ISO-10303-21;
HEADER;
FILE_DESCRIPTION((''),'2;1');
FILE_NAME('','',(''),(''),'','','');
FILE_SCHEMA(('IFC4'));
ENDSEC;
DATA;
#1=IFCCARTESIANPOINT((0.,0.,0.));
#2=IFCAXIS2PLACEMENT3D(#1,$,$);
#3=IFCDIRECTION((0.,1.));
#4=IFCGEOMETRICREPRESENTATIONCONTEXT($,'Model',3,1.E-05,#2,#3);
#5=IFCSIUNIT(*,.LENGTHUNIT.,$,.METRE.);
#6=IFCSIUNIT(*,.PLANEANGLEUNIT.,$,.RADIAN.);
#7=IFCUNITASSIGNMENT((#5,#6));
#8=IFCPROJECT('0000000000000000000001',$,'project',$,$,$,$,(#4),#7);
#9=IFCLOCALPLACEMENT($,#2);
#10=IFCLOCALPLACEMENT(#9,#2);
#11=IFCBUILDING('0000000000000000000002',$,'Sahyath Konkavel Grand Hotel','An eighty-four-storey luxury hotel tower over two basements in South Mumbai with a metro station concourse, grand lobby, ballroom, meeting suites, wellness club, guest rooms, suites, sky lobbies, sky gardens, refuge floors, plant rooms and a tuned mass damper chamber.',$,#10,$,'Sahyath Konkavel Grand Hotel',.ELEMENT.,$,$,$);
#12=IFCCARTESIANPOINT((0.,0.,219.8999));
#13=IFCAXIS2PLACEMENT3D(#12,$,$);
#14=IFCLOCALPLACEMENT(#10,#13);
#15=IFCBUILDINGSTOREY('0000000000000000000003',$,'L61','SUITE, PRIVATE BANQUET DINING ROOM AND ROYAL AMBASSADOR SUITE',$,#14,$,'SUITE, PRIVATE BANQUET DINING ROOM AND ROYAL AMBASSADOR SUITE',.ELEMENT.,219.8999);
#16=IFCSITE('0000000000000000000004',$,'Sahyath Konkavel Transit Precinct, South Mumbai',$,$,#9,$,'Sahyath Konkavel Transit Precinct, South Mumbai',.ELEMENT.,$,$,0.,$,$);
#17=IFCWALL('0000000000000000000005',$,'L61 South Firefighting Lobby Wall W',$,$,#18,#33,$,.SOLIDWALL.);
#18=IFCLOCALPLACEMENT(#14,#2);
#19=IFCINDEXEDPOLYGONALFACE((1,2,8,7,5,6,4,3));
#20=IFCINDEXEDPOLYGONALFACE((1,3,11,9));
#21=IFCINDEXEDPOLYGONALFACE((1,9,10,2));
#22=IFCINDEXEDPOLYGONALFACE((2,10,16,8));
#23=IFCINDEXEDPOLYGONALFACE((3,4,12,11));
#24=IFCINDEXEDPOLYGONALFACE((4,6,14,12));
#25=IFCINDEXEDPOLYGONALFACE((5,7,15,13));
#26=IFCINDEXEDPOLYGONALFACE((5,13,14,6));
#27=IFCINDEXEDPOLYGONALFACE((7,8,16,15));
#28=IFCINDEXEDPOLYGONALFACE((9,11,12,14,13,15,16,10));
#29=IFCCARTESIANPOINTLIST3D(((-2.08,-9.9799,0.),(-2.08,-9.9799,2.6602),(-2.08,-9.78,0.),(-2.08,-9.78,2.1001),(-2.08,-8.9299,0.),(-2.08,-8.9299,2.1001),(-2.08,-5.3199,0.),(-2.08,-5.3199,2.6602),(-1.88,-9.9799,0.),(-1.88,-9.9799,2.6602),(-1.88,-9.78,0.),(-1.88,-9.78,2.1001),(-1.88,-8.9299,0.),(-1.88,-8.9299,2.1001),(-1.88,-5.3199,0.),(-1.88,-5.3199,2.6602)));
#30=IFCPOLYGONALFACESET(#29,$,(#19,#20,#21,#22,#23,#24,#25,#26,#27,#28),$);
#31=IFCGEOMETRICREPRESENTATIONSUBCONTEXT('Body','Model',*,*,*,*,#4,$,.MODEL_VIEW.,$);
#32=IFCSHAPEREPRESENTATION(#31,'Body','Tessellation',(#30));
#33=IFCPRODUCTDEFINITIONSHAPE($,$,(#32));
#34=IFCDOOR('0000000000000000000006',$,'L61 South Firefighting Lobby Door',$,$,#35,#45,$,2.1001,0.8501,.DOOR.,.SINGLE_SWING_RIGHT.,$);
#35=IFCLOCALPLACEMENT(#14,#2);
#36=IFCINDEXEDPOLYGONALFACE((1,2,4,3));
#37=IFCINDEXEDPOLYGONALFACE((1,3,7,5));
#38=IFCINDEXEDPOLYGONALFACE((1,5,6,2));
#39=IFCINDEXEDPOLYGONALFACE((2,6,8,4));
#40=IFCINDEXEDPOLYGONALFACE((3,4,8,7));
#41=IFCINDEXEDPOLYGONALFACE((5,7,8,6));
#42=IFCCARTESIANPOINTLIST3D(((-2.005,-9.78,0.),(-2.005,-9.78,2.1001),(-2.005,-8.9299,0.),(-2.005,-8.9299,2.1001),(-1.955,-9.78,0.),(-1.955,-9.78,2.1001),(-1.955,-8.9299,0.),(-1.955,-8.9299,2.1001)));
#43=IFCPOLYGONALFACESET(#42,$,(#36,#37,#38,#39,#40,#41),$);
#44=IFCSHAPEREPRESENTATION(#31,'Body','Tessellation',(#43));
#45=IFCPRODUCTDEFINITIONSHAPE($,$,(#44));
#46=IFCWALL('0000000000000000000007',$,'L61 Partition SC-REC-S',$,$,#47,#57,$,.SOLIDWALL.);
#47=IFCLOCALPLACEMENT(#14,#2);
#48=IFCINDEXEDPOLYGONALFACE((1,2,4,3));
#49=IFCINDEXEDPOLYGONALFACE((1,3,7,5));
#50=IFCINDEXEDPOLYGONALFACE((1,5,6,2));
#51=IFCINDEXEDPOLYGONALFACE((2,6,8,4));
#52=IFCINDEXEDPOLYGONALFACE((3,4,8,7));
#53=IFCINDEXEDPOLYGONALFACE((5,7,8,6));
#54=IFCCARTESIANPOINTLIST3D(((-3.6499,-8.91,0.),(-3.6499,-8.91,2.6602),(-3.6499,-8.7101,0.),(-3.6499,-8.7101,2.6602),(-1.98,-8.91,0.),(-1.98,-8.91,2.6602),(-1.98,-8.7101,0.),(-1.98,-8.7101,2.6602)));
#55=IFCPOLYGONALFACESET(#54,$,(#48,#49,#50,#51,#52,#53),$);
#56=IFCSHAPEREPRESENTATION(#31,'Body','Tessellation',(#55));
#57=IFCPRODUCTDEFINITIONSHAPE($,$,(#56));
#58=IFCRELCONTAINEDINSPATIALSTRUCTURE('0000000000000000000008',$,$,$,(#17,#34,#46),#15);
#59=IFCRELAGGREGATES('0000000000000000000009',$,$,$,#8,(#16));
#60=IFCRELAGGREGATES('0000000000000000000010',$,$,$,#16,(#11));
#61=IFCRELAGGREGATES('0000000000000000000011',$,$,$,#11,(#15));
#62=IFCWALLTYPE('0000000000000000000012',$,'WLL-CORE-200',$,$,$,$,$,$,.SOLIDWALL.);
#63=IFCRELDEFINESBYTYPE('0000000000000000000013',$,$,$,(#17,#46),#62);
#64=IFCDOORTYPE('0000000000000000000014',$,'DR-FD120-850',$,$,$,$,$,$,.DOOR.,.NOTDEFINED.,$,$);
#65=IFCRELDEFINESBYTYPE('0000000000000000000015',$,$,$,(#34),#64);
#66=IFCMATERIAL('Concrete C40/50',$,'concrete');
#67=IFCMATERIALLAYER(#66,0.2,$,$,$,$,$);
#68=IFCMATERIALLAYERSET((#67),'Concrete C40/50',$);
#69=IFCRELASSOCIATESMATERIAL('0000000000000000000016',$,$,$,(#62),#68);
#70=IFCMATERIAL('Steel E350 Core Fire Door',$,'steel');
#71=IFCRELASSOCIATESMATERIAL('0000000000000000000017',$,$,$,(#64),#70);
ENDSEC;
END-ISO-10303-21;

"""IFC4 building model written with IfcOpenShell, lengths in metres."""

from ifc_helpers import new_model, si_unit, direction, frame, frame_2d, origin, origin_2d, place, context, subcontext, project, spatial, rectangle, extrude, source, transform, mapped, material, layer, layer_set, type_object, element, fill, save


model = new_model("IFC4")

# Units and contexts
model_context = context("Model", 3, precision=1e-05, world=origin(), true_north=direction((0.0, 1.0)))
body_context = subcontext(model_context, "Body", "Model", "MODEL_VIEW")
ifc_project = project(units=[si_unit("LENGTHUNIT", "METRE"), si_unit("PLANEANGLEUNIT", "RADIAN")], contexts=[model_context])

# Site, building, storey
site_placement = place(None, origin())
site = spatial("IfcSite", under=ifc_project, at=site_placement, Name="Sahyath Konkavel Transit Precinct, South Mumbai", LongName="Sahyath Konkavel Transit Precinct, South Mumbai", CompositionType="ELEMENT", RefElevation=0.0)
building_placement = place(site_placement, origin())
building = spatial("IfcBuilding", under=site, at=building_placement, Name="Sahyath Konkavel Grand Hotel", Description="An eighty-four-storey luxury hotel tower over two basements in South Mumbai with a metro station concourse, grand lobby, ballroom, meeting suites, wellness club, guest rooms, suites, sky lobbies, sky gardens, refuge floors, plant rooms and a tuned mass damper chamber.", LongName="Sahyath Konkavel Grand Hotel", CompositionType="ELEMENT")
storey_placement = place(building_placement, frame((0.0, 0.0, 219.8999)))
storey = spatial("IfcBuildingStorey", under=building, at=storey_placement, Name="L61", Description="SUITE, PRIVATE BANQUET DINING ROOM AND ROYAL AMBASSADOR SUITE", LongName="SUITE, PRIVATE BANQUET DINING ROOM AND ROYAL AMBASSADOR SUITE", CompositionType="ELEMENT", Elevation=219.8999)

# Shared definitions
ifc_material_1 = material(Name="Concrete C40/50", Category="concrete")

# Wall, opening, door
ifc_layer_1 = layer(ifc_material_1, 0.2)
ifc_layer_set_1 = layer_set([ifc_layer_1], Name="Concrete C40/50")
wall_type_1 = type_object("IfcWallType", Name="WLL-CORE-200", PredefinedType="SOLIDWALL", material=ifc_layer_set_1)
wall_1_placement = place(storey_placement, frame((-1.98, -9.98, 0.0), z_axis=(0.0, 0.0, 1.0), x_axis=(0.0, 1.0, 0.0)))
wall_1 = element("IfcWall", 1, at=wall_1_placement, inside=storey, type_object=wall_type_1, Name="L61 South Firefighting Lobby Wall W", PredefinedType="SOLIDWALL", context=body_context, shape_type="SweptSolid", body=[
    extrude(rectangle(XDim=4.6599, YDim=0.2, at=frame_2d((2.3301, 0.0))), origin(), (0.0, 0.0, 1.0), 2.6602),
])
opening_1_placement = place(wall_1_placement, frame((0.2, 0.0, 0.0)))
opening_1 = element("IfcOpeningElement", 2, at=opening_1_placement, cuts=wall_1, PredefinedType="OPENING", context=body_context, shape_type="SweptSolid", body=[
    extrude(rectangle(XDim=0.8501, YDim=2.1001, at=frame_2d((0.425, 1.05))), frame((0.0, 0.1099, 0.0), z_axis=(0.0, -1.0, 0.0), x_axis=(1.0, 0.0, 0.0)), (0.0, 0.0, 1.0), 0.22),
])
ifc_material_2 = material(Name="Steel E350 Core Fire Door", Category="steel")
door_type_1 = type_object("IfcDoorType", Name="DR-FD120-850", OperationType="NOTDEFINED", PredefinedType="DOOR", material=ifc_material_2)
shared_shape_1 = source(origin(), body_context, "Body", "SweptSolid", [
    extrude(rectangle(XDim=0.8501, YDim=0.05, at=origin_2d()), origin(), (0.0, 0.0, 1.0), 2.1001),
])
door_1_placement = place(opening_1_placement, frame((0.425, 0.0, 0.0)))
door_1 = element("IfcDoor", 3, at=door_1_placement, inside=storey, type_object=door_type_1, Name="L61 South Firefighting Lobby Door", OperationType="SINGLE_SWING_RIGHT", OverallHeight=2.1001, OverallWidth=0.8501, PredefinedType="DOOR", context=body_context, shape_type="MappedRepresentation", body=[
    mapped(shared_shape_1, transform((0.0, 0.0, 0.0), scale=1.0)),
])
fill(opening_1, door_1)

# Wall
wall_2_placement = place(storey_placement, frame((-3.6499, -8.8101, 0.0), z_axis=(0.0, 0.0, 1.0), x_axis=(1.0, 0.0, 0.0)))
element("IfcWall", 4, at=wall_2_placement, inside=storey, type_object=wall_type_1, Name="L61 Partition SC-REC-S", PredefinedType="SOLIDWALL", context=body_context, shape_type="SweptSolid", body=[
    extrude(rectangle(XDim=1.6699, YDim=0.2, at=frame_2d((0.835, 0.0))), origin(), (0.0, 0.0, 1.0), 2.6602),
])

save(model, "model.ifc")
